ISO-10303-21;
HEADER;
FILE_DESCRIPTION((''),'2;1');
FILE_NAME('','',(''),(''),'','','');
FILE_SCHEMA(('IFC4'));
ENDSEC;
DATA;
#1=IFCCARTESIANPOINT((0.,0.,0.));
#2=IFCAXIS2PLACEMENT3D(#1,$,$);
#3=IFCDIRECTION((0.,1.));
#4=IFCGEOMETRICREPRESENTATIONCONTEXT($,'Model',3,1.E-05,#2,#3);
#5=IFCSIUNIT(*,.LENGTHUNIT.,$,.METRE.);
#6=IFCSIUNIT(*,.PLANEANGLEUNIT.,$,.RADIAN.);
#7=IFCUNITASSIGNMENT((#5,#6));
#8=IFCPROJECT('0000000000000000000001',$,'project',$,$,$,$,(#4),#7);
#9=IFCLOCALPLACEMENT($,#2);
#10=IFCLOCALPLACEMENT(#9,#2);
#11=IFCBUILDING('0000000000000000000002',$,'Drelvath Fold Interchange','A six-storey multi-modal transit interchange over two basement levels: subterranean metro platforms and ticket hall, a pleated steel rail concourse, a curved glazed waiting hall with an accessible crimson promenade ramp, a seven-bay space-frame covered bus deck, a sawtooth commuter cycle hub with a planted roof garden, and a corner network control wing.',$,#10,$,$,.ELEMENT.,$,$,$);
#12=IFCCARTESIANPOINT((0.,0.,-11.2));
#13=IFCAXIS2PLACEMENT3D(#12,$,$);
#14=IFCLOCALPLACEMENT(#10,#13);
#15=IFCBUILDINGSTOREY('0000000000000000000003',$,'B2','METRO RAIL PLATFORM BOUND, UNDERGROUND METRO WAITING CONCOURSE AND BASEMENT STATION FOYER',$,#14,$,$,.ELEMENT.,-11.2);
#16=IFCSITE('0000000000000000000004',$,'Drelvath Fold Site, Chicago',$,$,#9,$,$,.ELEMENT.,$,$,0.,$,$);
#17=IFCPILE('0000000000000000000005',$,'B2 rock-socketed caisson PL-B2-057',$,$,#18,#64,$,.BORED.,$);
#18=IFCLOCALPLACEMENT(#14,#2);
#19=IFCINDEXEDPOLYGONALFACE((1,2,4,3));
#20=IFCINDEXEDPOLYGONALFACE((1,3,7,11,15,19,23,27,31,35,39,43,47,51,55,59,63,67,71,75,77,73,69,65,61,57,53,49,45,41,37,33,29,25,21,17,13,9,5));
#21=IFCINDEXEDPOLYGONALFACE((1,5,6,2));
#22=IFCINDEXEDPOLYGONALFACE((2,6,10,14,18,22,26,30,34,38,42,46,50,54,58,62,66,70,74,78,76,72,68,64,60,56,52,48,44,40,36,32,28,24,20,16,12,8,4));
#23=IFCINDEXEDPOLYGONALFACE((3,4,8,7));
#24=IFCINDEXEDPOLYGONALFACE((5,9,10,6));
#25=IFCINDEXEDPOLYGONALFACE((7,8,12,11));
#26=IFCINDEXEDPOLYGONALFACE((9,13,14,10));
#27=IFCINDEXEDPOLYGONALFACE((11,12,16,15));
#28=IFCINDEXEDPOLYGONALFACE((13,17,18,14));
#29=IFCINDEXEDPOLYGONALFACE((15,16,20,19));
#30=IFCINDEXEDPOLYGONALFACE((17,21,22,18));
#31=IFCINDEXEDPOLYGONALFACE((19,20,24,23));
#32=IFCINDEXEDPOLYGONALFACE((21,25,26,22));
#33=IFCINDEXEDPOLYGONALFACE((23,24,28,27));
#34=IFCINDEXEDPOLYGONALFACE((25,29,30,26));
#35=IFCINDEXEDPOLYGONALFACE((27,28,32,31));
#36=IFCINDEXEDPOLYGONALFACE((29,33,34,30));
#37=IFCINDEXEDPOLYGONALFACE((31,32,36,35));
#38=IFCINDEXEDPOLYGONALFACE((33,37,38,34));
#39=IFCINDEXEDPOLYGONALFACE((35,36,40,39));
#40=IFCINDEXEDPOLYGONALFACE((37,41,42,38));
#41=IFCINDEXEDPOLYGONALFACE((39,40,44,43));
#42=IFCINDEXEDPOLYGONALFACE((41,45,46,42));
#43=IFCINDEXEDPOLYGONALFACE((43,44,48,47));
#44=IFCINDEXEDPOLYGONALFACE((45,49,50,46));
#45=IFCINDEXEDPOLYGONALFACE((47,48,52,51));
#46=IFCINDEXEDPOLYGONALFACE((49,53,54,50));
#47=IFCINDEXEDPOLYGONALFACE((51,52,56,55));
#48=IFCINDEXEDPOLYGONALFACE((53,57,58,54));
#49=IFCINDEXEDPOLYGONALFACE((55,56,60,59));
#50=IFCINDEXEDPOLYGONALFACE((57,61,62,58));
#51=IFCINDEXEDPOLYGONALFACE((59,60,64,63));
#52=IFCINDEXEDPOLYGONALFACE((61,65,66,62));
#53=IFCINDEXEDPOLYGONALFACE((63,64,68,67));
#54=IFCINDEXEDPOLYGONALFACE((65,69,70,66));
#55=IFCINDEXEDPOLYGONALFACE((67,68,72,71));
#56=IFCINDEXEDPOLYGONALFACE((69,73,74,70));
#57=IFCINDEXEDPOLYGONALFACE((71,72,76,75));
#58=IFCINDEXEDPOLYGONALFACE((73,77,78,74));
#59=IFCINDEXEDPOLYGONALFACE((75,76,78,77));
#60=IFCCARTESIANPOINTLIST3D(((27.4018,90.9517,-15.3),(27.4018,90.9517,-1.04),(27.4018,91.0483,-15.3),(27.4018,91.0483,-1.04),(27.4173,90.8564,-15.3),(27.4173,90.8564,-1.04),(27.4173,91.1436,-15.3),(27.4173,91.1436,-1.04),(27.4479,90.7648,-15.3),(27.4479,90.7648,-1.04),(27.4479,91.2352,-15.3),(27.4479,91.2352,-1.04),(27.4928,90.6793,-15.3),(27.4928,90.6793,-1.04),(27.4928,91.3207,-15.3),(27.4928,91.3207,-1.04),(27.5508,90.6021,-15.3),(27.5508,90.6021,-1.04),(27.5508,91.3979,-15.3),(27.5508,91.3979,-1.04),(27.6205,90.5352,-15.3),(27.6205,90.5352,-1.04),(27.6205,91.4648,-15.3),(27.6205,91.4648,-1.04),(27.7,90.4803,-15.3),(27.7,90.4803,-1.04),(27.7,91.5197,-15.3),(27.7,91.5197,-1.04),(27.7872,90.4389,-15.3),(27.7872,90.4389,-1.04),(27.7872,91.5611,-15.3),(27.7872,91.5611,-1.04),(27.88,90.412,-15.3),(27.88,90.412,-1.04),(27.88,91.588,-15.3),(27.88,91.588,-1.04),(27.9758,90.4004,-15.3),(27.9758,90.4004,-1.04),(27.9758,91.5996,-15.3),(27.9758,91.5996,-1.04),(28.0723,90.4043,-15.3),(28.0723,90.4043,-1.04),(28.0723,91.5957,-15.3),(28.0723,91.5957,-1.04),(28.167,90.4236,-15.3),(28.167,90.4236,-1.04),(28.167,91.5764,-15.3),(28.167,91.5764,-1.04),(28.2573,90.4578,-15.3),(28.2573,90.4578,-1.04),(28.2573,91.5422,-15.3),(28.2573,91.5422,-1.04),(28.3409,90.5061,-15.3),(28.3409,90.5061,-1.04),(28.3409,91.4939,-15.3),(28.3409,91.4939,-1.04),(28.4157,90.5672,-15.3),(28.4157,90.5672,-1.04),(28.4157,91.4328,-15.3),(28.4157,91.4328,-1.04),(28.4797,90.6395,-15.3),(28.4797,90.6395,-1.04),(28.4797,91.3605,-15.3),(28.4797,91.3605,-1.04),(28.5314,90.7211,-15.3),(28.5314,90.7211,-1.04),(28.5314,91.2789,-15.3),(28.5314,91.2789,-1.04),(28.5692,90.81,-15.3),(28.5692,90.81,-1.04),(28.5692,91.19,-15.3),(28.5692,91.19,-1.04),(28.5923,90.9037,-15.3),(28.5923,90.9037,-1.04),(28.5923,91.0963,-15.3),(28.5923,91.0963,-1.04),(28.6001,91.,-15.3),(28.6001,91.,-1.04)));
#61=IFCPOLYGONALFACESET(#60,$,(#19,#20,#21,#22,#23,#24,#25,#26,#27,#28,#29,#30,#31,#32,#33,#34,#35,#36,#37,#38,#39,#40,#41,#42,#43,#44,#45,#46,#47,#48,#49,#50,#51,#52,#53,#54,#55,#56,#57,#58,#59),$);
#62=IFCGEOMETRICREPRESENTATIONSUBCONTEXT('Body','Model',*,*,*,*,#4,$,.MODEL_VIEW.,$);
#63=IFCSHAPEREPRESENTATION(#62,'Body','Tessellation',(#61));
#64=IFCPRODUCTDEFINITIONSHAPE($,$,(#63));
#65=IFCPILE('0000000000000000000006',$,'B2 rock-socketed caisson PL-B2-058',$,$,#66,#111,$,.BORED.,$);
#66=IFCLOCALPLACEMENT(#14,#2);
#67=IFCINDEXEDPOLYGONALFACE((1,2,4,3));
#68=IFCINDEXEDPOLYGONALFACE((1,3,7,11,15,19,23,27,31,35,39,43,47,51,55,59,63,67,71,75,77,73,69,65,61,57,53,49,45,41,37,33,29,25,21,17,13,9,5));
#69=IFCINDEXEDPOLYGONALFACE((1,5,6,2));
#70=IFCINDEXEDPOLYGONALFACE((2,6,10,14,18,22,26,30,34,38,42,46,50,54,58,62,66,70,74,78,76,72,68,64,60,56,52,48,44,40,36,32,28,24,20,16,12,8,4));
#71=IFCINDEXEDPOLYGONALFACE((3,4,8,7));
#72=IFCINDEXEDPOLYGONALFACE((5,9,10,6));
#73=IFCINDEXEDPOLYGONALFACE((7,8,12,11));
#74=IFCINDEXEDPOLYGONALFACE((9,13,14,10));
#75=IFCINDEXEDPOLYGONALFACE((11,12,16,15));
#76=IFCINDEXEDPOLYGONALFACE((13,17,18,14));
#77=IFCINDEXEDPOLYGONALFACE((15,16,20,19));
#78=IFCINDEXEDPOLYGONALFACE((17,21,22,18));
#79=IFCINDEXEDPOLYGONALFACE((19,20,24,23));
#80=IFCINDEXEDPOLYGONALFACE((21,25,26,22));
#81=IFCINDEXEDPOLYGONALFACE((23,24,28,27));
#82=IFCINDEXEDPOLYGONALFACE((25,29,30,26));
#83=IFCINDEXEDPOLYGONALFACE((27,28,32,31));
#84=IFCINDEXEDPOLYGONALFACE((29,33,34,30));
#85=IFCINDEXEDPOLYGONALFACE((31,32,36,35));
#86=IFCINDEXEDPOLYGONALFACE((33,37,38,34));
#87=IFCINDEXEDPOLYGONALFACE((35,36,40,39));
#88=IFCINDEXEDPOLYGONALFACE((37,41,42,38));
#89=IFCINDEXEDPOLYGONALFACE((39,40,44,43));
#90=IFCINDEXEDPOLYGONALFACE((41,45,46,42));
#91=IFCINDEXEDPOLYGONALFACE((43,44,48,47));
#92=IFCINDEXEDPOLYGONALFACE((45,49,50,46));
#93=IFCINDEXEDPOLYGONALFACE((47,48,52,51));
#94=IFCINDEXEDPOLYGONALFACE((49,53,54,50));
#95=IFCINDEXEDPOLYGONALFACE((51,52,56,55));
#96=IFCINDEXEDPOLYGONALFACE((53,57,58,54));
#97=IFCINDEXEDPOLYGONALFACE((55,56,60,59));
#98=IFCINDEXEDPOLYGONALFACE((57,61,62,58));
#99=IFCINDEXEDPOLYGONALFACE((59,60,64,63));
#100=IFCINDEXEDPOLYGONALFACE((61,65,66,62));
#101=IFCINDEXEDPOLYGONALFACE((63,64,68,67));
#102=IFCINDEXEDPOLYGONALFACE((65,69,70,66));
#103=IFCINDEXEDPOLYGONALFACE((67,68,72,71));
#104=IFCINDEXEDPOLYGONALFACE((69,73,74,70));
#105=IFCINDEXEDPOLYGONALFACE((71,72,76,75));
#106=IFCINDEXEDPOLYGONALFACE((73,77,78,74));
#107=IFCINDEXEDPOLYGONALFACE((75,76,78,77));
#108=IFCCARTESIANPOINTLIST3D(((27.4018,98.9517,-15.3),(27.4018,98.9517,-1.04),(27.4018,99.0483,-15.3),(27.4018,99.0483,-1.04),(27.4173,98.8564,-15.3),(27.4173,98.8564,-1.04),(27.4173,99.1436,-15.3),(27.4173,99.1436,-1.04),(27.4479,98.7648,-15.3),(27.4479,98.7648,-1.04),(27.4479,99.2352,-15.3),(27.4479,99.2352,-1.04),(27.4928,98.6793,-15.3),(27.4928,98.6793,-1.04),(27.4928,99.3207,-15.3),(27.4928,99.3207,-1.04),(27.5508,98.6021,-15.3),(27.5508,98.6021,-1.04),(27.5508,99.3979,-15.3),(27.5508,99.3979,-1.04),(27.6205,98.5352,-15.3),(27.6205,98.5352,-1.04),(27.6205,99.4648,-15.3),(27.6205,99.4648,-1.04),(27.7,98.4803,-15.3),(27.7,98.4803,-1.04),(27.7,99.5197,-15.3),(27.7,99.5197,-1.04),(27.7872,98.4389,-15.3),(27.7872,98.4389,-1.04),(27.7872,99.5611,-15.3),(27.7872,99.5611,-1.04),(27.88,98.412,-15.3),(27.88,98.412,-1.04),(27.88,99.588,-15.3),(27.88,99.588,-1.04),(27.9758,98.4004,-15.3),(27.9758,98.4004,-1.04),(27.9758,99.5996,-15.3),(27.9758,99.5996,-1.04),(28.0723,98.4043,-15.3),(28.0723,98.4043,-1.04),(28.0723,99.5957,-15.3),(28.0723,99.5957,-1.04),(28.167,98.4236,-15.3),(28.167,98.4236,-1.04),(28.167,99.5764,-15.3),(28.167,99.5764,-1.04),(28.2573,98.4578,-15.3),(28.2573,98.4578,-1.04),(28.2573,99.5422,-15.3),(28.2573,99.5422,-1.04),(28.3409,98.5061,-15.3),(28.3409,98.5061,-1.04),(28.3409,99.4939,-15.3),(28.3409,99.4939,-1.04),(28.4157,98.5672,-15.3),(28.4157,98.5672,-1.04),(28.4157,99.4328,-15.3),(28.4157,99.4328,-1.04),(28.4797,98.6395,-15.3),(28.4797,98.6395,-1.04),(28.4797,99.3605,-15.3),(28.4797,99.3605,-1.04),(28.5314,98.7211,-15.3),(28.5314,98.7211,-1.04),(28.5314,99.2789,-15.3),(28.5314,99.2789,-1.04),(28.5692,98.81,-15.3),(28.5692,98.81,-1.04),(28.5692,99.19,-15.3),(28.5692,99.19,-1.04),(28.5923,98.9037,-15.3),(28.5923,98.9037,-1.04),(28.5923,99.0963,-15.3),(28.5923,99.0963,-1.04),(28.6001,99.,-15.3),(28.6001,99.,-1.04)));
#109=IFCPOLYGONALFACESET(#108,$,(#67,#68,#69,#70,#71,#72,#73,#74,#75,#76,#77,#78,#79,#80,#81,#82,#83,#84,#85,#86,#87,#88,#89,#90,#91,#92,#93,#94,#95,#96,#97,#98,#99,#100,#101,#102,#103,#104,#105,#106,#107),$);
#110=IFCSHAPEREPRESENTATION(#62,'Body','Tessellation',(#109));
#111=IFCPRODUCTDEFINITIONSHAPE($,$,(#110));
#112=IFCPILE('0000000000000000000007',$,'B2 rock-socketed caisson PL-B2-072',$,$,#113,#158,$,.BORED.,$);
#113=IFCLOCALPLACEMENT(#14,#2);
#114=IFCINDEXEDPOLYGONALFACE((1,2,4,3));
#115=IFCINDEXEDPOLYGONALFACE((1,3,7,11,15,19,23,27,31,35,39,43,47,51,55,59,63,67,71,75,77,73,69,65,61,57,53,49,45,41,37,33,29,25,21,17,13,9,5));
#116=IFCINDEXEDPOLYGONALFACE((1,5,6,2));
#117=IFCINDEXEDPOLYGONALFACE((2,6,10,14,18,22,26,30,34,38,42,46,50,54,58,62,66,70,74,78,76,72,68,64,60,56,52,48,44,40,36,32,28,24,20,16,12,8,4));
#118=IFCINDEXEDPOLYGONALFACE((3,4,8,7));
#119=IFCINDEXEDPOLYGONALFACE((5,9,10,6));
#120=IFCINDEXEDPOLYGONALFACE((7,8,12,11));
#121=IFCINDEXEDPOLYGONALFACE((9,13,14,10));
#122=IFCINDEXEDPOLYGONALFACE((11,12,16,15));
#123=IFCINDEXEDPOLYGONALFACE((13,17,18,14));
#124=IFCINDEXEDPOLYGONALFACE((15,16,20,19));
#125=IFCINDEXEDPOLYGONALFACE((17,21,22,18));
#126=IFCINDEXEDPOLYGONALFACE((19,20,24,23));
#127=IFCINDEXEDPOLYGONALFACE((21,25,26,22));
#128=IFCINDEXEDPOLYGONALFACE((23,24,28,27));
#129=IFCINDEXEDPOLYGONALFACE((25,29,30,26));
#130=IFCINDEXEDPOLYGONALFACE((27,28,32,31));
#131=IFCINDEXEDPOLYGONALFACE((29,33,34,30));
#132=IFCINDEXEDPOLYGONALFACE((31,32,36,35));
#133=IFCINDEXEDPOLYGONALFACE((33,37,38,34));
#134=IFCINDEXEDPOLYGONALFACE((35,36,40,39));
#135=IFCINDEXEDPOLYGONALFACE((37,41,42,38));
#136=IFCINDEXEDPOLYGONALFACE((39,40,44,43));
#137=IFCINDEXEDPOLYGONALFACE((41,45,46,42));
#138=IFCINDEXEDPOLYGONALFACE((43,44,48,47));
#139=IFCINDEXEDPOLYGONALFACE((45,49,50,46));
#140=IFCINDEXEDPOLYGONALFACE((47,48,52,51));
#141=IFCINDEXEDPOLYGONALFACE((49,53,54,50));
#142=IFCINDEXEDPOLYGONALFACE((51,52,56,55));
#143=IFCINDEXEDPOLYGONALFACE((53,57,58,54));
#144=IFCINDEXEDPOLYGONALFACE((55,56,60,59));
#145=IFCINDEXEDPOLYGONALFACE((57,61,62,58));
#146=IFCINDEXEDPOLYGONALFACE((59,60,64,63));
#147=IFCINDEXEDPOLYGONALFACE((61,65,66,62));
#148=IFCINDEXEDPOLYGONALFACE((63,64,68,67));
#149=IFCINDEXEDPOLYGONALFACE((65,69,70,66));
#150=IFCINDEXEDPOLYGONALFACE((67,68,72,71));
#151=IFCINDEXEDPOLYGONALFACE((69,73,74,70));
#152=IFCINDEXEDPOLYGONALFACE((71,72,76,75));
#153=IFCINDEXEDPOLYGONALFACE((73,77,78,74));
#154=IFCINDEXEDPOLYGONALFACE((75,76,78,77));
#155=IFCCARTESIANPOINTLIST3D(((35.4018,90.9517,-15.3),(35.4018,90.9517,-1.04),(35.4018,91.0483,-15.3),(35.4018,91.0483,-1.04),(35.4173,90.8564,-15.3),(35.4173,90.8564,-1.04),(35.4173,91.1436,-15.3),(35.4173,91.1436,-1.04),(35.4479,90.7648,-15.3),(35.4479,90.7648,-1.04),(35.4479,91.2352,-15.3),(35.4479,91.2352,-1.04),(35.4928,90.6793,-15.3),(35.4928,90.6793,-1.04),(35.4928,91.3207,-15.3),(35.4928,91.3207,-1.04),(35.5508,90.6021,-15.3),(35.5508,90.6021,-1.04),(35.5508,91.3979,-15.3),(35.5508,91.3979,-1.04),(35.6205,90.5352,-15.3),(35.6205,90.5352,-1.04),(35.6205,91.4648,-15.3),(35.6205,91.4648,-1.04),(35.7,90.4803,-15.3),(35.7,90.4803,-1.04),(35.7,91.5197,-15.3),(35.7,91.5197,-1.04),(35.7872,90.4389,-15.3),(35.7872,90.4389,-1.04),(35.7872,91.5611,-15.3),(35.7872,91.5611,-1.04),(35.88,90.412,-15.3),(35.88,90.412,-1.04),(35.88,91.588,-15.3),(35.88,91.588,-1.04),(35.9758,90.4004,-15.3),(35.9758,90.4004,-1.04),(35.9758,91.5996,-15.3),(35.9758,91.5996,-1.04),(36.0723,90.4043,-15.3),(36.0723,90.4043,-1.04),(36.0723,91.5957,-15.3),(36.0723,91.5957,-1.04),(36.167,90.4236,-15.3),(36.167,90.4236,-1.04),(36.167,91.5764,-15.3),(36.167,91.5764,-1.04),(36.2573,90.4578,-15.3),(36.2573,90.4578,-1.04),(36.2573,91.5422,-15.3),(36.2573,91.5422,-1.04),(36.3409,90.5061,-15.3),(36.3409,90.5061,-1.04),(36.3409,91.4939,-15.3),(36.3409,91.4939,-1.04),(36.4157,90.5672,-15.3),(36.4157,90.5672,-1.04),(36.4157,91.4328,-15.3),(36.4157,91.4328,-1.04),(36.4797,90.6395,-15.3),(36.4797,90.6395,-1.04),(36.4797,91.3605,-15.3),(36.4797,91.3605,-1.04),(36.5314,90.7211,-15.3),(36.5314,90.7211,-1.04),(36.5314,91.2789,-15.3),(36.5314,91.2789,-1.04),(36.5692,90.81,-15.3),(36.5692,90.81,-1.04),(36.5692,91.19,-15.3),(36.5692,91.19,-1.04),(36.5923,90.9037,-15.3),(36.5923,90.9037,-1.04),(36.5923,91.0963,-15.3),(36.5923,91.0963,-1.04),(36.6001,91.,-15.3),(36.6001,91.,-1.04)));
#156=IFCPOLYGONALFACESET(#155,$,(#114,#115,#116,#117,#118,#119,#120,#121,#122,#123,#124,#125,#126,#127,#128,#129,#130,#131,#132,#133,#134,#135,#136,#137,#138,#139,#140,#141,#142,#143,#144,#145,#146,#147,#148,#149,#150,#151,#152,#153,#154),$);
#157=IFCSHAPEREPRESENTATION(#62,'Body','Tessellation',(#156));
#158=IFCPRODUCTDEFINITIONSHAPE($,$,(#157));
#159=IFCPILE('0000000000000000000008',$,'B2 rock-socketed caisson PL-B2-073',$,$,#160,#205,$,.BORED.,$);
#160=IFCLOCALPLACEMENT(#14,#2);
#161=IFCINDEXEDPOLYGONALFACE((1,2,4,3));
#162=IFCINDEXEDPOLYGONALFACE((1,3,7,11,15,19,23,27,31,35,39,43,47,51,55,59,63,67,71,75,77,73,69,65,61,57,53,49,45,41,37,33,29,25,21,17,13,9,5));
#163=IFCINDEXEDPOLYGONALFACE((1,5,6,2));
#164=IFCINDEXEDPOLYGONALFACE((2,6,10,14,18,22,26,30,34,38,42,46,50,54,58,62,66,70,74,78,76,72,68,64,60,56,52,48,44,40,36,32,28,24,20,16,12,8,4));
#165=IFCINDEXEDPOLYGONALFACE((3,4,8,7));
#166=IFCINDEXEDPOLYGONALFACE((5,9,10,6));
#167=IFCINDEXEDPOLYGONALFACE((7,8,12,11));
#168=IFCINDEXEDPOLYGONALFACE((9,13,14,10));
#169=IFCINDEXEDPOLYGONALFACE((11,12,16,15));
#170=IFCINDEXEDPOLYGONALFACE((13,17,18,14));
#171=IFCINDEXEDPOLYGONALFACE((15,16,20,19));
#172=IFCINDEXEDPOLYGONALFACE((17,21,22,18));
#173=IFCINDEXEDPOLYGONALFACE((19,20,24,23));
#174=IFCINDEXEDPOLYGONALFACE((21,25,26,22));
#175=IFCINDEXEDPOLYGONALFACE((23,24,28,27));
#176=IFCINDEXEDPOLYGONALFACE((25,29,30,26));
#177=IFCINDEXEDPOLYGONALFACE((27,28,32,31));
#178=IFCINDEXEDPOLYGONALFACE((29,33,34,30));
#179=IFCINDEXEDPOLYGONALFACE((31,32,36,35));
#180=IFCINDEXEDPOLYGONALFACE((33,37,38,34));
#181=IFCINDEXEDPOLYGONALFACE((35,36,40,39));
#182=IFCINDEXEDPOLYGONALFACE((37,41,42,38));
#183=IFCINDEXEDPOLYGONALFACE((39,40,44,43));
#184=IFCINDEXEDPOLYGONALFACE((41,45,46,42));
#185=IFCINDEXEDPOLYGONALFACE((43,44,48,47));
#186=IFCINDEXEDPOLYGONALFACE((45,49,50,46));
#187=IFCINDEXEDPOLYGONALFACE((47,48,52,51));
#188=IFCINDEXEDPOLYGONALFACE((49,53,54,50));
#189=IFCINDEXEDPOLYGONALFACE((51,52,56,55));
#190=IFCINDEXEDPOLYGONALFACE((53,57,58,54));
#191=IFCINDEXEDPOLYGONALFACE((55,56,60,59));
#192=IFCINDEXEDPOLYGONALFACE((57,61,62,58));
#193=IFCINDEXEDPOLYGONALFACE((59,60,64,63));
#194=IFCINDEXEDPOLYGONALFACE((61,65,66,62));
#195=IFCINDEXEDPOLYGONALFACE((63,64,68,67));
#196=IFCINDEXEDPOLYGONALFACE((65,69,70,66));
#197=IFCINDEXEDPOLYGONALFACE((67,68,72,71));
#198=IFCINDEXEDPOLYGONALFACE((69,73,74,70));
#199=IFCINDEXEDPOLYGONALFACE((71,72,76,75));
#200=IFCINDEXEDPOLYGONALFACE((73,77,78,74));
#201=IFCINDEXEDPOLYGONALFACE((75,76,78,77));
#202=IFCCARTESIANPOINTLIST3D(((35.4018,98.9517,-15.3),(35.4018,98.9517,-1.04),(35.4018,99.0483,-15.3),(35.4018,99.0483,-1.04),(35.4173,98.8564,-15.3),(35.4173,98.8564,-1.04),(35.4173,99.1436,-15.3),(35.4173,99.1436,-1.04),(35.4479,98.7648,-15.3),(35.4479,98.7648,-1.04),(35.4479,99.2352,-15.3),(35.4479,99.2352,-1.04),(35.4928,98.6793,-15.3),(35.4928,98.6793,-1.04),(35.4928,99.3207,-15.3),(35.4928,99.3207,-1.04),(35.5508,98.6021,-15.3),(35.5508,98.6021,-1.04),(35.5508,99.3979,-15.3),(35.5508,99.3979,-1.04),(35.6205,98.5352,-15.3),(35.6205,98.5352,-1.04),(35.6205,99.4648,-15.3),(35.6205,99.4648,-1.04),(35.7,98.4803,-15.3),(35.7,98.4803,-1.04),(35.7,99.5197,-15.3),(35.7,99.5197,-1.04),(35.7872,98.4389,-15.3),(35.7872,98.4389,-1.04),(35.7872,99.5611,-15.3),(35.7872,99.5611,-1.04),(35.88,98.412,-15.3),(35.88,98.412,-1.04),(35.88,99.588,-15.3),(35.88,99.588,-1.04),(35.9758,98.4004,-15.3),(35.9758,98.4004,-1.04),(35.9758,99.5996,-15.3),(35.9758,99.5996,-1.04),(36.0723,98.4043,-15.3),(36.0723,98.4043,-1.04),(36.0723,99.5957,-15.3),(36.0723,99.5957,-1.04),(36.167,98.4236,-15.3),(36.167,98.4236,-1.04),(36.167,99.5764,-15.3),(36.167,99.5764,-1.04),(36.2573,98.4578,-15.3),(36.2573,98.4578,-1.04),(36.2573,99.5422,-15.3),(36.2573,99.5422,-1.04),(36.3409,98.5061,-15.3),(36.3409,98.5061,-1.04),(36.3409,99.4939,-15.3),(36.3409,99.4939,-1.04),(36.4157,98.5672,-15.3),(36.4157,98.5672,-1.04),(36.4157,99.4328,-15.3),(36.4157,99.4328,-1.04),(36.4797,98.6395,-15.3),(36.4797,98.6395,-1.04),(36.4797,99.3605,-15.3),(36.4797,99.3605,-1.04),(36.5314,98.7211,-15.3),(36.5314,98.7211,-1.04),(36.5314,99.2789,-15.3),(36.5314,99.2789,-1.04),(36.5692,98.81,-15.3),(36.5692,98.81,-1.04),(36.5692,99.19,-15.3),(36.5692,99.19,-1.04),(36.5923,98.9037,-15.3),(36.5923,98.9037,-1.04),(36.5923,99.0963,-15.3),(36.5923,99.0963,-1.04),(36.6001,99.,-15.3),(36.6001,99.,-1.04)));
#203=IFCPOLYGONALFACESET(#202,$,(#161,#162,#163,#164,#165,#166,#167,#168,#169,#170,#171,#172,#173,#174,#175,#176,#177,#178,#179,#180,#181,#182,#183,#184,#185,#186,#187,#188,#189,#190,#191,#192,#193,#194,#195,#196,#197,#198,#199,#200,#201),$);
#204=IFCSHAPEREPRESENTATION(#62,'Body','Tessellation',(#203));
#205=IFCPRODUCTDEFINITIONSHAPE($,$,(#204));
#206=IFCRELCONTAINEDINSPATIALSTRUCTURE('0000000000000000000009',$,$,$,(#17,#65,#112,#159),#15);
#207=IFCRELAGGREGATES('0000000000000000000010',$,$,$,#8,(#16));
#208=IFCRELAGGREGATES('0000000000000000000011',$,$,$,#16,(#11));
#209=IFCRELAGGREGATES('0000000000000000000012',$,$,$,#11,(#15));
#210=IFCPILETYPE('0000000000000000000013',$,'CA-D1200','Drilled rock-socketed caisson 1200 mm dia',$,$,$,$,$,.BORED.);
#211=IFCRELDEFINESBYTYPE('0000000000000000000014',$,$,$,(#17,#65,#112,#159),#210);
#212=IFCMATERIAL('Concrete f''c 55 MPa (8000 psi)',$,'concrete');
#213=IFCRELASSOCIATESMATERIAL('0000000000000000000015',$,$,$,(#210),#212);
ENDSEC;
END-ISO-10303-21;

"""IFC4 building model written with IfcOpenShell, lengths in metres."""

from ifc_helpers import new_model, si_unit, direction, frame, origin, origin_2d, place, context, subcontext, project, spatial, circle, extrude, material, material_profile, profile_set, type_object, element, save


model = new_model("IFC4")

# Units and contexts
model_context = context("Model", 3, precision=1e-05, world=origin(), true_north=direction((0.0, 1.0)))
body_context = subcontext(model_context, "Body", "Model", "MODEL_VIEW")
ifc_project = project(units=[si_unit("LENGTHUNIT", "METRE"), si_unit("PLANEANGLEUNIT", "RADIAN")], contexts=[model_context])

# Site, building, storey
site_placement = place(None, origin())
site = spatial("IfcSite", under=ifc_project, at=site_placement, Name="Drelvath Fold Site, Chicago", CompositionType="ELEMENT", RefElevation=0.0)
building_placement = place(site_placement, origin())
building = spatial("IfcBuilding", under=site, at=building_placement, Name="Drelvath Fold Interchange", Description="A six-storey multi-modal transit interchange over two basement levels: subterranean metro platforms and ticket hall, a pleated steel rail concourse, a curved glazed waiting hall with an accessible crimson promenade ramp, a seven-bay space-frame covered bus deck, a sawtooth commuter cycle hub with a planted roof garden, and a corner network control wing.", CompositionType="ELEMENT")
storey_placement = place(building_placement, frame((0.0, 0.0, -11.2)))
storey = spatial("IfcBuildingStorey", under=building, at=storey_placement, Name="B2", Description="METRO RAIL PLATFORM BOUND, UNDERGROUND METRO WAITING CONCOURSE AND BASEMENT STATION FOYER", CompositionType="ELEMENT", Elevation=-11.2)

# Piles
ifc_material_1 = material(Name="Concrete f'c 55 MPa (8000 psi)", Category="concrete")
ifc_material_profile_1 = material_profile(ifc_material_1, circle(Radius=0.6001, at=origin_2d()), Name="CAISSON D1200")
ifc_profile_set_1 = profile_set([ifc_material_profile_1], Name="Concrete f'c 55 MPa (8000 psi)")
pile_type = type_object("IfcPileType", Name="CA-D1200", Description="Drilled rock-socketed caisson 1200 mm dia", PredefinedType="BORED", material=ifc_profile_set_1)
for number, where, z_axis, x_axis, name in (
    (1, (28.0, 91.0, -1.04), (0.0, 0.0, -1.0), (1.0, 0.0, 0.0), "B2 rock-socketed caisson PL-B2-057"),
    (2, (28.0, 99.0, -1.04), (0.0, 0.0, -1.0), (1.0, 0.0, 0.0), "B2 rock-socketed caisson PL-B2-058"),
    (3, (36.0, 91.0, -1.04), (0.0, 0.0, -1.0), (1.0, 0.0, 0.0), "B2 rock-socketed caisson PL-B2-072"),
    (4, (36.0, 99.0, -1.04), (0.0, 0.0, -1.0), (1.0, 0.0, 0.0), "B2 rock-socketed caisson PL-B2-073"),
):
    element("IfcPile", number, at=place(storey_placement, frame(where, z_axis=z_axis, x_axis=x_axis)), inside=storey, type_object=pile_type, Name=name, PredefinedType="BORED", context=body_context, shape_type="SweptSolid", body=[
        extrude(circle(Radius=0.6001, at=origin_2d()), origin(), (0.0, 0.0, 1.0), 14.26),
    ])

save(model, "model.ifc")
